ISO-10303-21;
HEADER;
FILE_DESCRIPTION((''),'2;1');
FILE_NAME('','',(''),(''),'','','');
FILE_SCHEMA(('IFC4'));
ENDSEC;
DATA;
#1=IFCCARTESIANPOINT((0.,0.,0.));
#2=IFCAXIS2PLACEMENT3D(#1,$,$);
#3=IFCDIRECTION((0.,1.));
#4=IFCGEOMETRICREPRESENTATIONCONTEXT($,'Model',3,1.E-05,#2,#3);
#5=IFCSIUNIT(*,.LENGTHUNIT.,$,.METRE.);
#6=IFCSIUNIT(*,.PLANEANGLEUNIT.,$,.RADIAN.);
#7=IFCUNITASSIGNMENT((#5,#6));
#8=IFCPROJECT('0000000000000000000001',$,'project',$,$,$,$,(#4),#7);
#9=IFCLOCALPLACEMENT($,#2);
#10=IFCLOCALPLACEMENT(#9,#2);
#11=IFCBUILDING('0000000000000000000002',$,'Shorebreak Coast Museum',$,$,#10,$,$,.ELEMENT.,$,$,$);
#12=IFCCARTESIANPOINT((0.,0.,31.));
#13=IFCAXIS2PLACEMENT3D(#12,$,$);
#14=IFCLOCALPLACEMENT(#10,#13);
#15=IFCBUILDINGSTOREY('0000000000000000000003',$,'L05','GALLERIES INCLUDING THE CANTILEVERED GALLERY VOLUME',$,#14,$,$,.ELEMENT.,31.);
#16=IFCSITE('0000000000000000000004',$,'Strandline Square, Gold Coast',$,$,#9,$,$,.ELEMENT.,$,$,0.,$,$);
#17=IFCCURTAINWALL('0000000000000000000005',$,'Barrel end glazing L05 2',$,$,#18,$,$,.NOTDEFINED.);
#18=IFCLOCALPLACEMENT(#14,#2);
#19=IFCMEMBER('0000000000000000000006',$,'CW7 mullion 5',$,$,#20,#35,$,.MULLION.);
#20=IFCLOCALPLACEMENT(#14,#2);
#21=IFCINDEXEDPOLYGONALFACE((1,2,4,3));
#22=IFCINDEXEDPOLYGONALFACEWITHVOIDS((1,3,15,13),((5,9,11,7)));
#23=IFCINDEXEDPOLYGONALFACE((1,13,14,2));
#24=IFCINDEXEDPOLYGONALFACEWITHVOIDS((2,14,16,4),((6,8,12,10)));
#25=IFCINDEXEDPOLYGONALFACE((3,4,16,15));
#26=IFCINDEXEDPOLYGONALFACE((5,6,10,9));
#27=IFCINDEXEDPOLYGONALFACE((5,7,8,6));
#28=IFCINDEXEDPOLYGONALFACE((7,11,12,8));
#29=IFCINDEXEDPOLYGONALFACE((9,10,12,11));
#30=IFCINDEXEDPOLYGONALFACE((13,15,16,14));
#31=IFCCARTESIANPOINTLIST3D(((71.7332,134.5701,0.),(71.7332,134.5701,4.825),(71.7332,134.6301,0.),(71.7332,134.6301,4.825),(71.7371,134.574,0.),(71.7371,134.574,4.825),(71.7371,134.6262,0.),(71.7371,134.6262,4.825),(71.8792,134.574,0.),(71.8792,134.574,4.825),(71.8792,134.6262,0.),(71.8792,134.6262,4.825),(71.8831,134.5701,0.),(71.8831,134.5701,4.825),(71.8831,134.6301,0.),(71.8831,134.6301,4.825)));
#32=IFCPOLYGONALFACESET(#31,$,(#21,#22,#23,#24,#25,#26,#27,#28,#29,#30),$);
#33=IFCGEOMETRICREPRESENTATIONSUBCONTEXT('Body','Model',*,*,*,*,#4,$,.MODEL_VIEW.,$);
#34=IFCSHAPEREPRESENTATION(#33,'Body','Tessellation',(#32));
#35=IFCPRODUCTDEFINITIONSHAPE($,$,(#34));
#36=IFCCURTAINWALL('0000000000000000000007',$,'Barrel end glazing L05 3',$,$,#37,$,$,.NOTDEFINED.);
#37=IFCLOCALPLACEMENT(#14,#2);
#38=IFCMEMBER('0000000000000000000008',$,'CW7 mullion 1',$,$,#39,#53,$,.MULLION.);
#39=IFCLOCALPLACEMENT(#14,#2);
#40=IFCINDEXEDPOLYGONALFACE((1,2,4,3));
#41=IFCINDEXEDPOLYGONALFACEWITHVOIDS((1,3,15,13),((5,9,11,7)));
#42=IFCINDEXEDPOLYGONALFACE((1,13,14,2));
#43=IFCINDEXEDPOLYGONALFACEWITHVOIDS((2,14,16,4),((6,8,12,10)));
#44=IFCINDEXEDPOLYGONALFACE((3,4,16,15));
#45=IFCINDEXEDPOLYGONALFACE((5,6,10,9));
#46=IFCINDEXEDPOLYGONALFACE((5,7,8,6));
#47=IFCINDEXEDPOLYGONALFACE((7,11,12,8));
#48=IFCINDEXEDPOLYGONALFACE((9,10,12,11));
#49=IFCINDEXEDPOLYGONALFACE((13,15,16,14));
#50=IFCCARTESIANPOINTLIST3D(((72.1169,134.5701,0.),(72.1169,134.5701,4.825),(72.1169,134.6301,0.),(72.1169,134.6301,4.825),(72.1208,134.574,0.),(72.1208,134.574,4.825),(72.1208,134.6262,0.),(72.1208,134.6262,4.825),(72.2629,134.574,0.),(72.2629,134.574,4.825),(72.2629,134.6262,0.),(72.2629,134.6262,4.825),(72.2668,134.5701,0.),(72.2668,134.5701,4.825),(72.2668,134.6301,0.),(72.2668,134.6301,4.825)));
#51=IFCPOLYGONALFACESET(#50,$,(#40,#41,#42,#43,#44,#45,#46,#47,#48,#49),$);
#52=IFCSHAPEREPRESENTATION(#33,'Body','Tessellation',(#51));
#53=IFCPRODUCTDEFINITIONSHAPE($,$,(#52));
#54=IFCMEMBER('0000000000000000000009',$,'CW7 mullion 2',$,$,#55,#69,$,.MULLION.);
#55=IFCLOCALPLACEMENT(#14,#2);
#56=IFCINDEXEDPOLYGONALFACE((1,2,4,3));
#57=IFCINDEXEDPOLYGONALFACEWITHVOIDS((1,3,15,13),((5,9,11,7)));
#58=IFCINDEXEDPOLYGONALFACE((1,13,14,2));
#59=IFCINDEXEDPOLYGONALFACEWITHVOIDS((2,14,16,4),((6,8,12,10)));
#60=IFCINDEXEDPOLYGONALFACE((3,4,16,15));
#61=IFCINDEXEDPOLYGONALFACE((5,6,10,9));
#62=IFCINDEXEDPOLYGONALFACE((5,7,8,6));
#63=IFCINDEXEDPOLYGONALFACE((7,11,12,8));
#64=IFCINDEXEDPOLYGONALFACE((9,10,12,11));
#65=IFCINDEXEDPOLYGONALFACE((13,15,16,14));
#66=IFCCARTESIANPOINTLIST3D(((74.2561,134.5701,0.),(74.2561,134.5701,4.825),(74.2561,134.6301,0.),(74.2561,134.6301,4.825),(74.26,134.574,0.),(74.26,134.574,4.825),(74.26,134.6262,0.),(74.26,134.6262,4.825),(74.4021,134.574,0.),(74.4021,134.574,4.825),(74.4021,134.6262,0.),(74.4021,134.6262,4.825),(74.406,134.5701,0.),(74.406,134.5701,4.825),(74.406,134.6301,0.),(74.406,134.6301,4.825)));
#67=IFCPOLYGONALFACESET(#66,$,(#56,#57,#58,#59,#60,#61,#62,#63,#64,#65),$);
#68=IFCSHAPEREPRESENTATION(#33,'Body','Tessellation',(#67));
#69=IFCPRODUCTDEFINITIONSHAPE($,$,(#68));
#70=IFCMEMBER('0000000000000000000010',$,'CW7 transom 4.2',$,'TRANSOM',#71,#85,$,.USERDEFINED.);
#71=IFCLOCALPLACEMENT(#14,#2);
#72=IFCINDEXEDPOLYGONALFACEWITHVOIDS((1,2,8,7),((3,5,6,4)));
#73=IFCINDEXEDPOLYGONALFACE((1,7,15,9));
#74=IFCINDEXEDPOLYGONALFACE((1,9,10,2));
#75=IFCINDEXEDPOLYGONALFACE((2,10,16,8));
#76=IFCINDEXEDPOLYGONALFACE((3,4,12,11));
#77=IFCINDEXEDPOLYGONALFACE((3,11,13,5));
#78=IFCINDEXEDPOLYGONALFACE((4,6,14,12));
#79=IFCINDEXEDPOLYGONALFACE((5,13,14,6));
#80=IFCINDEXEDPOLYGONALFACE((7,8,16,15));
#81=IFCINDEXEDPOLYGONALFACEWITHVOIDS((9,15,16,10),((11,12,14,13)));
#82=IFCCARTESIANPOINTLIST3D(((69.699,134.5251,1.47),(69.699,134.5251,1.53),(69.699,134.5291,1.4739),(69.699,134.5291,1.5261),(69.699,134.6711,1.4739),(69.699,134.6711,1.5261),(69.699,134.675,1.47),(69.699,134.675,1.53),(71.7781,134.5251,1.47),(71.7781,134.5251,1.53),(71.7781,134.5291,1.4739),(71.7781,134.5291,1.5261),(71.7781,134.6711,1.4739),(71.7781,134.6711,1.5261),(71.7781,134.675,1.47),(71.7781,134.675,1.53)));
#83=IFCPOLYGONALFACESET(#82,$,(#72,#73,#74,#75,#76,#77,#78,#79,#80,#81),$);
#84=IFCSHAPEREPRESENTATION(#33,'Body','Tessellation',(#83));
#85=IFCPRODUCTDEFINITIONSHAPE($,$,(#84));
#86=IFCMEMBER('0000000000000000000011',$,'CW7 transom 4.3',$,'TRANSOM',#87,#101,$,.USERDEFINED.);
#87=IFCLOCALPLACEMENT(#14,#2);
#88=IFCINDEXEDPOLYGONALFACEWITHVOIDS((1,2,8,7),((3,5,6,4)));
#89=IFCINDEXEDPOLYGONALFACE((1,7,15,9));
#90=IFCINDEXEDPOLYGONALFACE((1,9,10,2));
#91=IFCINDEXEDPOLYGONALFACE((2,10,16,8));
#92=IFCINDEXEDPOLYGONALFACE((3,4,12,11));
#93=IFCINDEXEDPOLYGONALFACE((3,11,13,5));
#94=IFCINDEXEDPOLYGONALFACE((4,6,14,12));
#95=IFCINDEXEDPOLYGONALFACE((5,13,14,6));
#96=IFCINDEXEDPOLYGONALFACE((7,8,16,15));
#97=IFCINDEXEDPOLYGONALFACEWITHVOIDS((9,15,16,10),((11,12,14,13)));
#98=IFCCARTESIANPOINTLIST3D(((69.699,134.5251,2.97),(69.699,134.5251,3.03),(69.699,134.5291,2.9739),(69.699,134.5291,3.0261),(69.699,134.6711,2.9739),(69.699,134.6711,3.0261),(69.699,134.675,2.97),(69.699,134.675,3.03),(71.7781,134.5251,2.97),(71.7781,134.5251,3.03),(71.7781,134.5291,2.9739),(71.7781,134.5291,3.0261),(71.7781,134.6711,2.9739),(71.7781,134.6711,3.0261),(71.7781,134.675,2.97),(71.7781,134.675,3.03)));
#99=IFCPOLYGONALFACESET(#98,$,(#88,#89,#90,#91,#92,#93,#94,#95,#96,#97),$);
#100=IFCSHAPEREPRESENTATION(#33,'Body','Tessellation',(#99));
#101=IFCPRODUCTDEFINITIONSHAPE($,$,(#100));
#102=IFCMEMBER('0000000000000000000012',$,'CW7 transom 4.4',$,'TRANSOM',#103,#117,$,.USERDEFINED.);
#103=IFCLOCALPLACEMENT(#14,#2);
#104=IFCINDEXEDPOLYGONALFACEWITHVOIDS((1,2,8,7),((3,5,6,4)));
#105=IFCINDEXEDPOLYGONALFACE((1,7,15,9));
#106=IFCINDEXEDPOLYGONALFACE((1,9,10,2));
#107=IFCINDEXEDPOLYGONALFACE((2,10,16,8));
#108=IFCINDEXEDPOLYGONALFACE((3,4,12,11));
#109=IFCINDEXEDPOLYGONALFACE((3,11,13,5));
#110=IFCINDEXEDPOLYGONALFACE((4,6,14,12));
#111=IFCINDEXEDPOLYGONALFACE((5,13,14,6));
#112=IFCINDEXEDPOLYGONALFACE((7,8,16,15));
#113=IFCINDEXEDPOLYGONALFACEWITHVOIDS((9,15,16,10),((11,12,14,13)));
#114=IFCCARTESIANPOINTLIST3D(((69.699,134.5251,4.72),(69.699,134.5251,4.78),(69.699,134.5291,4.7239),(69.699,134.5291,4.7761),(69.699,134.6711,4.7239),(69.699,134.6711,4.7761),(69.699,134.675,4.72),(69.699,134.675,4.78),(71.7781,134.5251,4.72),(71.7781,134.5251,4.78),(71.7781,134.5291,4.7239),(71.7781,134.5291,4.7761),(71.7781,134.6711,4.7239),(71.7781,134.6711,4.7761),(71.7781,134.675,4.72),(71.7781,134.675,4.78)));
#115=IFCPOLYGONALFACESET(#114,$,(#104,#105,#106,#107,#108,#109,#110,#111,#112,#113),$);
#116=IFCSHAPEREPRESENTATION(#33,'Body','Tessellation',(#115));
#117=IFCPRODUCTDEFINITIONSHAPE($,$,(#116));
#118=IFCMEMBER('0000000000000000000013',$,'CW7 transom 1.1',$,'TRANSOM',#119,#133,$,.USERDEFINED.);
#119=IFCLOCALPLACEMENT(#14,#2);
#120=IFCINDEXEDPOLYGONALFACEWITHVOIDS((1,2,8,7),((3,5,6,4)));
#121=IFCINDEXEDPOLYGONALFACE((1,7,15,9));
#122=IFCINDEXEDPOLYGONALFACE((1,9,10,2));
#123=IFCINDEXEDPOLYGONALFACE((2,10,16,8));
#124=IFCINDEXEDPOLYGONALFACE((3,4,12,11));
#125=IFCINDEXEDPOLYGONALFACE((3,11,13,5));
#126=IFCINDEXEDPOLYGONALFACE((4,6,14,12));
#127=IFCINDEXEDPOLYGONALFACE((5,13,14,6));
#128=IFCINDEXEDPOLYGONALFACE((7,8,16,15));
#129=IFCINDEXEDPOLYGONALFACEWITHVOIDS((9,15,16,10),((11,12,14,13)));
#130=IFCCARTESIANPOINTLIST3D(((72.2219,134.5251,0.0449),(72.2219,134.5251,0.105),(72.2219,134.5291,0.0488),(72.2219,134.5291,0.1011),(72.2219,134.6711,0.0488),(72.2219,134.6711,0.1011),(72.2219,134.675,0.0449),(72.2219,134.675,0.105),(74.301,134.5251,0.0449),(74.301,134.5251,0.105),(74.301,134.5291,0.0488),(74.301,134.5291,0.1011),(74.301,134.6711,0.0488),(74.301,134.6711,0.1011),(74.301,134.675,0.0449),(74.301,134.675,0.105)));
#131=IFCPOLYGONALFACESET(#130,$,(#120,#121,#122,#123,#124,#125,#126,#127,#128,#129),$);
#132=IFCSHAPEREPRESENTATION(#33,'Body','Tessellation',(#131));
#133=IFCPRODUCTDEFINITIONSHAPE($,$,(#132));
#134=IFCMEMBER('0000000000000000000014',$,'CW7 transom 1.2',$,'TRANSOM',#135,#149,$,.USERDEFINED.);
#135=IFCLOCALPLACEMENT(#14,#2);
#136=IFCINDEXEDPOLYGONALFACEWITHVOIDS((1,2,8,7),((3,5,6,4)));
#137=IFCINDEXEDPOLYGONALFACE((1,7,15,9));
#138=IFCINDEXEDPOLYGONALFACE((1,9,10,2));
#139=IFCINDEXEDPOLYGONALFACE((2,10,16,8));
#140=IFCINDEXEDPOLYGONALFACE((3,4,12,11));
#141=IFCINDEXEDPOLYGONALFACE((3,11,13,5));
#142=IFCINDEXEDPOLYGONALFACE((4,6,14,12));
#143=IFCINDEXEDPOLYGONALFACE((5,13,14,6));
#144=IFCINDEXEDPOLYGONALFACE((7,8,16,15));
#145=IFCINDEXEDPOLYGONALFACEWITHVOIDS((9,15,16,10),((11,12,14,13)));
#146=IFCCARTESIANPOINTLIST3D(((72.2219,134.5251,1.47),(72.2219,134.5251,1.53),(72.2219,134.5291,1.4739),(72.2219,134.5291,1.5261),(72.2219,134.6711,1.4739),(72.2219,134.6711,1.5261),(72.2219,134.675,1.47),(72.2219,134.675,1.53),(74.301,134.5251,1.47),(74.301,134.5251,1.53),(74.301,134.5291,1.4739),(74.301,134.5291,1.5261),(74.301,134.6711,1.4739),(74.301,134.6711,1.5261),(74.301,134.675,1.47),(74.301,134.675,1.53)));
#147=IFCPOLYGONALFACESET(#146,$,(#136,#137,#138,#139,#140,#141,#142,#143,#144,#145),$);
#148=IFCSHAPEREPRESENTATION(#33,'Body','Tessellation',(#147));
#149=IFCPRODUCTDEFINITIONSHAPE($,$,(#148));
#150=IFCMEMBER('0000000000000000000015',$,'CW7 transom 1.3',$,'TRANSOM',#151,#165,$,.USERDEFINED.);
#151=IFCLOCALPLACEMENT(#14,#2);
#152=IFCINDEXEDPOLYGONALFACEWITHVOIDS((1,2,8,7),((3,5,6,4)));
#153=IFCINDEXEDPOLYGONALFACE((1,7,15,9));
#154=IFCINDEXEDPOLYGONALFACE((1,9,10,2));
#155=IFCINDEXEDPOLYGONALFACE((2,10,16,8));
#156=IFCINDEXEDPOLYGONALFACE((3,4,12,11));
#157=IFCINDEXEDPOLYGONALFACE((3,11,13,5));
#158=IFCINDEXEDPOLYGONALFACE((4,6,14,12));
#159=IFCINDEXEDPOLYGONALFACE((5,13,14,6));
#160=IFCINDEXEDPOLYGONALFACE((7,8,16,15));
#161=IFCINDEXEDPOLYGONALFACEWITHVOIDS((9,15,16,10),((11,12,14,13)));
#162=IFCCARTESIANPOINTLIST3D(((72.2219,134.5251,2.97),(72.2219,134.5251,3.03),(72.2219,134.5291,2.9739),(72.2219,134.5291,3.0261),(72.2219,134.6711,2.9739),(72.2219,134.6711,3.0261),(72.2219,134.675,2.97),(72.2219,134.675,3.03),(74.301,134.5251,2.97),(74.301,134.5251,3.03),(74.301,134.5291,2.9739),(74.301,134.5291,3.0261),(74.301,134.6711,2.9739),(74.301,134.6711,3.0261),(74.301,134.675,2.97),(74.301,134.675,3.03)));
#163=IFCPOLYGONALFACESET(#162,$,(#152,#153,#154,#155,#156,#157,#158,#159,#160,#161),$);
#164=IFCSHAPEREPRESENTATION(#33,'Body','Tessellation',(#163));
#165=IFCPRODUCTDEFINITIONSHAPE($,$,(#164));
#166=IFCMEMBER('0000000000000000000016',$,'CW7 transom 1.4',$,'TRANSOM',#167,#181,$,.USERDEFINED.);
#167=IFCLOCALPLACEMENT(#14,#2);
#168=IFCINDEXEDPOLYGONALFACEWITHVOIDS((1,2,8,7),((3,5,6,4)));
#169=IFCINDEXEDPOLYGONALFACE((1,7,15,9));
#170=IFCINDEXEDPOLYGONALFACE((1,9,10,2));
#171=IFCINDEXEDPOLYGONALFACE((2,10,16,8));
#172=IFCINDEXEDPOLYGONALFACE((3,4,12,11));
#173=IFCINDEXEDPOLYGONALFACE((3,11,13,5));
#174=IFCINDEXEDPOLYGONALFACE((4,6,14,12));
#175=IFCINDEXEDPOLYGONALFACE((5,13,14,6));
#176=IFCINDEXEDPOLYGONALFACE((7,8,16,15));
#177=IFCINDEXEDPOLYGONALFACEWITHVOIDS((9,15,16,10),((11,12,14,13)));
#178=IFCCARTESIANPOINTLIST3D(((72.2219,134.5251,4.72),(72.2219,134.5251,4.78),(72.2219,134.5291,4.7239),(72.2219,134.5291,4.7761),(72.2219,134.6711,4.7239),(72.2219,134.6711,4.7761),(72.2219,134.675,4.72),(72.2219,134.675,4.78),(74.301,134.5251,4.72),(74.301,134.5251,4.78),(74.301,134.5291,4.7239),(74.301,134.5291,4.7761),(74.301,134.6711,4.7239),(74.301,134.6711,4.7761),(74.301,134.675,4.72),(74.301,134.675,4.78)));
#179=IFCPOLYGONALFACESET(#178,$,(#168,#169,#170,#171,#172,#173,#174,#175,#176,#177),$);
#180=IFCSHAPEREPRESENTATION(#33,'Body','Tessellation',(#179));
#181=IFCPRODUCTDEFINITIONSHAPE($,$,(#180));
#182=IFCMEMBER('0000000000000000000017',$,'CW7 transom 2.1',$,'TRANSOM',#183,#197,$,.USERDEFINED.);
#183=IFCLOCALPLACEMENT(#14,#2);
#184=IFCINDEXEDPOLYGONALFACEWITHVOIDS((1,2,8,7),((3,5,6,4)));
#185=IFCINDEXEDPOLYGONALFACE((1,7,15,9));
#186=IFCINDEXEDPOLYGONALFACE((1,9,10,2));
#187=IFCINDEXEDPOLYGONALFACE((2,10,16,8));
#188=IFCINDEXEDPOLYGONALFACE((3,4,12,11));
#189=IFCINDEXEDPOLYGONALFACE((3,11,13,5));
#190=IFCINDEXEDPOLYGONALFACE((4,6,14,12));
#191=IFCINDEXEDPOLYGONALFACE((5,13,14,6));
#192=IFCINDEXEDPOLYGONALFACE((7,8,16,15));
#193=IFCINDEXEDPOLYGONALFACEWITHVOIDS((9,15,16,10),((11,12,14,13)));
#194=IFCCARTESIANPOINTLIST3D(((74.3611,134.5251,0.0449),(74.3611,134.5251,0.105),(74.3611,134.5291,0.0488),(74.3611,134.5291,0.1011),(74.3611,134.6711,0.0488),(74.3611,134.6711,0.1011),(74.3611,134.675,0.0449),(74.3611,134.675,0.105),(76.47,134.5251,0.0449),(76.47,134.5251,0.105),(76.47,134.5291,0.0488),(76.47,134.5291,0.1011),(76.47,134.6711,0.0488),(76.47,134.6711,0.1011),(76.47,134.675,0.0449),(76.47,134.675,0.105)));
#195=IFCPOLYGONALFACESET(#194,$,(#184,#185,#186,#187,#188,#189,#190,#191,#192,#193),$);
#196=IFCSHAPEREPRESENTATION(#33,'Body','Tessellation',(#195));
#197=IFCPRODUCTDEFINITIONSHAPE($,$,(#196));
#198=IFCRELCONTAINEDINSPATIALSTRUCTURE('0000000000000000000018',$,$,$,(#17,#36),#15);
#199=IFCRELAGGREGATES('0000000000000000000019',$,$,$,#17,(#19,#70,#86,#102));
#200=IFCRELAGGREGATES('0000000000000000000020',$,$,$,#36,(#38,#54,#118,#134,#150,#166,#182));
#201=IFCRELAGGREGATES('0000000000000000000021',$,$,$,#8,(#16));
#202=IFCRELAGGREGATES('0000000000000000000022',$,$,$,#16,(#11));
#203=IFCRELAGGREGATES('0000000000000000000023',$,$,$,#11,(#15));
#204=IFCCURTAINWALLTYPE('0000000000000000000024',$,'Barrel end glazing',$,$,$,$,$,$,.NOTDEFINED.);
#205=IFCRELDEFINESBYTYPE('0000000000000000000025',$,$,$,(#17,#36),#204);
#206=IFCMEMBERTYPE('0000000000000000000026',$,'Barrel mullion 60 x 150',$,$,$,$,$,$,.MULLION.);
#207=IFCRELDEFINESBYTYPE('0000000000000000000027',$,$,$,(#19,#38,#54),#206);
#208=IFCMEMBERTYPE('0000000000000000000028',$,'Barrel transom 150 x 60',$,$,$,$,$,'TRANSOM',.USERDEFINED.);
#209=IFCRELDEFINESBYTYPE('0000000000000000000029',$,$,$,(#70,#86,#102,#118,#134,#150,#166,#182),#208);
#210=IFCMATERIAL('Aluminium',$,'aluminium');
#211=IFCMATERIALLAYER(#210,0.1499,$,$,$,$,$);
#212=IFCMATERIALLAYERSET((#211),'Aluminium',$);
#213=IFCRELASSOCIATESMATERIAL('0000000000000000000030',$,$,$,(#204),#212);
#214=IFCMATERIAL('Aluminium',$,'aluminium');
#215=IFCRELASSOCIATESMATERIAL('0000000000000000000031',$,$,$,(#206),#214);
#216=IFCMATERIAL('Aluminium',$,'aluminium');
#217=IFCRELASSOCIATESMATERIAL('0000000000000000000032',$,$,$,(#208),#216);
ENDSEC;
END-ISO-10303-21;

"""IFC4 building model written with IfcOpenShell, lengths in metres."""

from ifc_helpers import new_model, si_unit, direction, frame, origin, origin_2d, place, context, subcontext, project, spatial, hollow_rectangle, extrude, material, layer, layer_set, material_profile, profile_set, type_object, element, aggregate, save


model = new_model("IFC4")

# Units and contexts
model_context = context("Model", 3, precision=1e-05, world=origin(), true_north=direction((0.0, 1.0)))
body_context = subcontext(model_context, "Body", "Model", "MODEL_VIEW")
ifc_project = project(units=[si_unit("LENGTHUNIT", "METRE"), si_unit("PLANEANGLEUNIT", "RADIAN")], contexts=[model_context])

# Site, building, storey
site_placement = place(None, origin())
site = spatial("IfcSite", under=ifc_project, at=site_placement, Name="Strandline Square, Gold Coast", CompositionType="ELEMENT", RefElevation=0.0)
building_placement = place(site_placement, origin())
building = spatial("IfcBuilding", under=site, at=building_placement, Name="Shorebreak Coast Museum", CompositionType="ELEMENT")
storey_placement = place(building_placement, frame((0.0, 0.0, 31.0)))
storey = spatial("IfcBuildingStorey", under=building, at=storey_placement, Name="L05", Description="GALLERIES INCLUDING THE CANTILEVERED GALLERY VOLUME", CompositionType="ELEMENT", Elevation=31.0)

# Curtain wall, member
ifc_material_1 = material(Name="Aluminium", Category="aluminium")
ifc_layer_1 = layer(ifc_material_1, 0.1499)
ifc_layer_set_1 = layer_set([ifc_layer_1], Name="Aluminium")
curtain_wall_type = type_object("IfcCurtainWallType", Name="Barrel end glazing", PredefinedType="NOTDEFINED", material=ifc_layer_set_1)
curtain_wall_1_placement = place(storey_placement, origin())
curtain_wall_1 = element("IfcCurtainWall", 1, at=curtain_wall_1_placement, inside=storey, type_object=curtain_wall_type, Name="Barrel end glazing L05 2", PredefinedType="NOTDEFINED")
ifc_material_2 = material(Name="Aluminium", Category="aluminium")
ifc_material_profile_1 = material_profile(ifc_material_2, hollow_rectangle(XDim=0.0601, YDim=0.1499, WallThickness=0.0039, at=origin_2d()), Name="AL 150x60 RHS")
ifc_profile_set_1 = profile_set([ifc_material_profile_1], Name="Aluminium")
member_type_1 = type_object("IfcMemberType", Name="Barrel mullion 60 x 150", PredefinedType="MULLION", material=ifc_profile_set_1)
member_1_placement = place(storey_placement, frame((71.8081, 134.6001, 0.0), z_axis=(0.0, 0.0, 1.0), x_axis=(0.0, 1.0, 0.0)))
member_1 = element("IfcMember", 2, at=member_1_placement, type_object=member_type_1, Name="CW7 mullion 5", PredefinedType="MULLION", context=body_context, shape_type="SweptSolid", body=[
    extrude(hollow_rectangle(XDim=0.0601, YDim=0.1499, WallThickness=0.0039, at=origin_2d()), origin(), (0.0, 0.0, 1.0), 4.825),
])

# Curtain wall, members
curtain_wall_2_placement = place(storey_placement, origin())
curtain_wall_2 = element("IfcCurtainWall", 3, at=curtain_wall_2_placement, inside=storey, type_object=curtain_wall_type, Name="Barrel end glazing L05 3", PredefinedType="NOTDEFINED")
member_2_placement = place(storey_placement, frame((72.1919, 134.6001, 0.0), z_axis=(0.0, 0.0, 1.0), x_axis=(0.0, 1.0, 0.0)))
member_2 = element("IfcMember", 4, at=member_2_placement, type_object=member_type_1, Name="CW7 mullion 1", PredefinedType="MULLION", context=body_context, shape_type="SweptSolid", body=[
    extrude(hollow_rectangle(XDim=0.0601, YDim=0.1499, WallThickness=0.0039, at=origin_2d()), origin(), (0.0, 0.0, 1.0), 4.825),
])
member_3_placement = place(storey_placement, frame((74.3311, 134.6001, 0.0), z_axis=(0.0, 0.0, 1.0), x_axis=(0.0, 1.0, 0.0)))
member_3 = element("IfcMember", 5, at=member_3_placement, type_object=member_type_1, Name="CW7 mullion 2", PredefinedType="MULLION", context=body_context, shape_type="SweptSolid", body=[
    extrude(hollow_rectangle(XDim=0.0601, YDim=0.1499, WallThickness=0.0039, at=origin_2d()), origin(), (0.0, 0.0, 1.0), 4.825),
])

# Members
ifc_material_3 = material(Name="Aluminium", Category="aluminium")
ifc_material_profile_2 = material_profile(ifc_material_3, hollow_rectangle(XDim=0.1499, YDim=0.0601, WallThickness=0.0039, at=origin_2d()), Name="AL 60x150 RHS")
ifc_profile_set_2 = profile_set([ifc_material_profile_2], Name="Aluminium")
member_type_2 = type_object("IfcMemberType", Name="Barrel transom 150 x 60", ElementType="TRANSOM", PredefinedType="USERDEFINED", material=ifc_profile_set_2)
member_4_placement = place(storey_placement, frame((69.699, 134.6001, 1.5), z_axis=(1.0, 0.0, 0.0), x_axis=(0.0, 1.0, 0.0)))
member_4 = element("IfcMember", 6, at=member_4_placement, type_object=member_type_2, Name="CW7 transom 4.2", ObjectType="TRANSOM", PredefinedType="USERDEFINED", context=body_context, shape_type="SweptSolid", body=[
    extrude(hollow_rectangle(XDim=0.1499, YDim=0.0601, WallThickness=0.0039, at=origin_2d()), origin(), (0.0, 0.0, 1.0), 2.0791),
])
member_5_placement = place(storey_placement, frame((69.699, 134.6001, 3.0), z_axis=(1.0, 0.0, 0.0), x_axis=(0.0, 1.0, 0.0)))
member_5 = element("IfcMember", 7, at=member_5_placement, type_object=member_type_2, Name="CW7 transom 4.3", ObjectType="TRANSOM", PredefinedType="USERDEFINED", context=body_context, shape_type="SweptSolid", body=[
    extrude(hollow_rectangle(XDim=0.1499, YDim=0.0601, WallThickness=0.0039, at=origin_2d()), origin(), (0.0, 0.0, 1.0), 2.0791),
])
member_6_placement = place(storey_placement, frame((69.699, 134.6001, 4.75), z_axis=(1.0, 0.0, 0.0), x_axis=(0.0, 1.0, 0.0)))
member_6 = element("IfcMember", 8, at=member_6_placement, type_object=member_type_2, Name="CW7 transom 4.4", ObjectType="TRANSOM", PredefinedType="USERDEFINED", context=body_context, shape_type="SweptSolid", body=[
    extrude(hollow_rectangle(XDim=0.1499, YDim=0.0601, WallThickness=0.0039, at=origin_2d()), origin(), (0.0, 0.0, 1.0), 2.0791),
])
member_7_placement = place(storey_placement, frame((72.2219, 134.6001, 0.075), z_axis=(1.0, 0.0, 0.0), x_axis=(0.0, 1.0, 0.0)))
member_7 = element("IfcMember", 9, at=member_7_placement, type_object=member_type_2, Name="CW7 transom 1.1", ObjectType="TRANSOM", PredefinedType="USERDEFINED", context=body_context, shape_type="SweptSolid", body=[
    extrude(hollow_rectangle(XDim=0.1499, YDim=0.0601, WallThickness=0.0039, at=origin_2d()), origin(), (0.0, 0.0, 1.0), 2.0791),
])
member_8_placement = place(storey_placement, frame((72.2219, 134.6001, 1.5), z_axis=(1.0, 0.0, 0.0), x_axis=(0.0, 1.0, 0.0)))
member_8 = element("IfcMember", 10, at=member_8_placement, type_object=member_type_2, Name="CW7 transom 1.2", ObjectType="TRANSOM", PredefinedType="USERDEFINED", context=body_context, shape_type="SweptSolid", body=[
    extrude(hollow_rectangle(XDim=0.1499, YDim=0.0601, WallThickness=0.0039, at=origin_2d()), origin(), (0.0, 0.0, 1.0), 2.0791),
])
member_9_placement = place(storey_placement, frame((72.2219, 134.6001, 3.0), z_axis=(1.0, 0.0, 0.0), x_axis=(0.0, 1.0, 0.0)))
member_9 = element("IfcMember", 11, at=member_9_placement, type_object=member_type_2, Name="CW7 transom 1.3", ObjectType="TRANSOM", PredefinedType="USERDEFINED", context=body_context, shape_type="SweptSolid", body=[
    extrude(hollow_rectangle(XDim=0.1499, YDim=0.0601, WallThickness=0.0039, at=origin_2d()), origin(), (0.0, 0.0, 1.0), 2.0791),
])
member_10_placement = place(storey_placement, frame((72.2219, 134.6001, 4.75), z_axis=(1.0, 0.0, 0.0), x_axis=(0.0, 1.0, 0.0)))
member_10 = element("IfcMember", 12, at=member_10_placement, type_object=member_type_2, Name="CW7 transom 1.4", ObjectType="TRANSOM", PredefinedType="USERDEFINED", context=body_context, shape_type="SweptSolid", body=[
    extrude(hollow_rectangle(XDim=0.1499, YDim=0.0601, WallThickness=0.0039, at=origin_2d()), origin(), (0.0, 0.0, 1.0), 2.0791),
])
member_11_placement = place(storey_placement, frame((74.3611, 134.6001, 0.075), z_axis=(1.0, 0.0, 0.0), x_axis=(0.0, 1.0, 0.0)))
member_11 = element("IfcMember", 13, at=member_11_placement, type_object=member_type_2, Name="CW7 transom 2.1", ObjectType="TRANSOM", PredefinedType="USERDEFINED", context=body_context, shape_type="SweptSolid", body=[
    extrude(hollow_rectangle(XDim=0.1499, YDim=0.0601, WallThickness=0.0039, at=origin_2d()), origin(), (0.0, 0.0, 1.0), 2.1089),
])

aggregate(curtain_wall_1, [member_1, member_4, member_5, member_6])
aggregate(curtain_wall_2, [member_2, member_3, member_7, member_8, member_9, member_10, member_11])

save(model, "model.ifc")
